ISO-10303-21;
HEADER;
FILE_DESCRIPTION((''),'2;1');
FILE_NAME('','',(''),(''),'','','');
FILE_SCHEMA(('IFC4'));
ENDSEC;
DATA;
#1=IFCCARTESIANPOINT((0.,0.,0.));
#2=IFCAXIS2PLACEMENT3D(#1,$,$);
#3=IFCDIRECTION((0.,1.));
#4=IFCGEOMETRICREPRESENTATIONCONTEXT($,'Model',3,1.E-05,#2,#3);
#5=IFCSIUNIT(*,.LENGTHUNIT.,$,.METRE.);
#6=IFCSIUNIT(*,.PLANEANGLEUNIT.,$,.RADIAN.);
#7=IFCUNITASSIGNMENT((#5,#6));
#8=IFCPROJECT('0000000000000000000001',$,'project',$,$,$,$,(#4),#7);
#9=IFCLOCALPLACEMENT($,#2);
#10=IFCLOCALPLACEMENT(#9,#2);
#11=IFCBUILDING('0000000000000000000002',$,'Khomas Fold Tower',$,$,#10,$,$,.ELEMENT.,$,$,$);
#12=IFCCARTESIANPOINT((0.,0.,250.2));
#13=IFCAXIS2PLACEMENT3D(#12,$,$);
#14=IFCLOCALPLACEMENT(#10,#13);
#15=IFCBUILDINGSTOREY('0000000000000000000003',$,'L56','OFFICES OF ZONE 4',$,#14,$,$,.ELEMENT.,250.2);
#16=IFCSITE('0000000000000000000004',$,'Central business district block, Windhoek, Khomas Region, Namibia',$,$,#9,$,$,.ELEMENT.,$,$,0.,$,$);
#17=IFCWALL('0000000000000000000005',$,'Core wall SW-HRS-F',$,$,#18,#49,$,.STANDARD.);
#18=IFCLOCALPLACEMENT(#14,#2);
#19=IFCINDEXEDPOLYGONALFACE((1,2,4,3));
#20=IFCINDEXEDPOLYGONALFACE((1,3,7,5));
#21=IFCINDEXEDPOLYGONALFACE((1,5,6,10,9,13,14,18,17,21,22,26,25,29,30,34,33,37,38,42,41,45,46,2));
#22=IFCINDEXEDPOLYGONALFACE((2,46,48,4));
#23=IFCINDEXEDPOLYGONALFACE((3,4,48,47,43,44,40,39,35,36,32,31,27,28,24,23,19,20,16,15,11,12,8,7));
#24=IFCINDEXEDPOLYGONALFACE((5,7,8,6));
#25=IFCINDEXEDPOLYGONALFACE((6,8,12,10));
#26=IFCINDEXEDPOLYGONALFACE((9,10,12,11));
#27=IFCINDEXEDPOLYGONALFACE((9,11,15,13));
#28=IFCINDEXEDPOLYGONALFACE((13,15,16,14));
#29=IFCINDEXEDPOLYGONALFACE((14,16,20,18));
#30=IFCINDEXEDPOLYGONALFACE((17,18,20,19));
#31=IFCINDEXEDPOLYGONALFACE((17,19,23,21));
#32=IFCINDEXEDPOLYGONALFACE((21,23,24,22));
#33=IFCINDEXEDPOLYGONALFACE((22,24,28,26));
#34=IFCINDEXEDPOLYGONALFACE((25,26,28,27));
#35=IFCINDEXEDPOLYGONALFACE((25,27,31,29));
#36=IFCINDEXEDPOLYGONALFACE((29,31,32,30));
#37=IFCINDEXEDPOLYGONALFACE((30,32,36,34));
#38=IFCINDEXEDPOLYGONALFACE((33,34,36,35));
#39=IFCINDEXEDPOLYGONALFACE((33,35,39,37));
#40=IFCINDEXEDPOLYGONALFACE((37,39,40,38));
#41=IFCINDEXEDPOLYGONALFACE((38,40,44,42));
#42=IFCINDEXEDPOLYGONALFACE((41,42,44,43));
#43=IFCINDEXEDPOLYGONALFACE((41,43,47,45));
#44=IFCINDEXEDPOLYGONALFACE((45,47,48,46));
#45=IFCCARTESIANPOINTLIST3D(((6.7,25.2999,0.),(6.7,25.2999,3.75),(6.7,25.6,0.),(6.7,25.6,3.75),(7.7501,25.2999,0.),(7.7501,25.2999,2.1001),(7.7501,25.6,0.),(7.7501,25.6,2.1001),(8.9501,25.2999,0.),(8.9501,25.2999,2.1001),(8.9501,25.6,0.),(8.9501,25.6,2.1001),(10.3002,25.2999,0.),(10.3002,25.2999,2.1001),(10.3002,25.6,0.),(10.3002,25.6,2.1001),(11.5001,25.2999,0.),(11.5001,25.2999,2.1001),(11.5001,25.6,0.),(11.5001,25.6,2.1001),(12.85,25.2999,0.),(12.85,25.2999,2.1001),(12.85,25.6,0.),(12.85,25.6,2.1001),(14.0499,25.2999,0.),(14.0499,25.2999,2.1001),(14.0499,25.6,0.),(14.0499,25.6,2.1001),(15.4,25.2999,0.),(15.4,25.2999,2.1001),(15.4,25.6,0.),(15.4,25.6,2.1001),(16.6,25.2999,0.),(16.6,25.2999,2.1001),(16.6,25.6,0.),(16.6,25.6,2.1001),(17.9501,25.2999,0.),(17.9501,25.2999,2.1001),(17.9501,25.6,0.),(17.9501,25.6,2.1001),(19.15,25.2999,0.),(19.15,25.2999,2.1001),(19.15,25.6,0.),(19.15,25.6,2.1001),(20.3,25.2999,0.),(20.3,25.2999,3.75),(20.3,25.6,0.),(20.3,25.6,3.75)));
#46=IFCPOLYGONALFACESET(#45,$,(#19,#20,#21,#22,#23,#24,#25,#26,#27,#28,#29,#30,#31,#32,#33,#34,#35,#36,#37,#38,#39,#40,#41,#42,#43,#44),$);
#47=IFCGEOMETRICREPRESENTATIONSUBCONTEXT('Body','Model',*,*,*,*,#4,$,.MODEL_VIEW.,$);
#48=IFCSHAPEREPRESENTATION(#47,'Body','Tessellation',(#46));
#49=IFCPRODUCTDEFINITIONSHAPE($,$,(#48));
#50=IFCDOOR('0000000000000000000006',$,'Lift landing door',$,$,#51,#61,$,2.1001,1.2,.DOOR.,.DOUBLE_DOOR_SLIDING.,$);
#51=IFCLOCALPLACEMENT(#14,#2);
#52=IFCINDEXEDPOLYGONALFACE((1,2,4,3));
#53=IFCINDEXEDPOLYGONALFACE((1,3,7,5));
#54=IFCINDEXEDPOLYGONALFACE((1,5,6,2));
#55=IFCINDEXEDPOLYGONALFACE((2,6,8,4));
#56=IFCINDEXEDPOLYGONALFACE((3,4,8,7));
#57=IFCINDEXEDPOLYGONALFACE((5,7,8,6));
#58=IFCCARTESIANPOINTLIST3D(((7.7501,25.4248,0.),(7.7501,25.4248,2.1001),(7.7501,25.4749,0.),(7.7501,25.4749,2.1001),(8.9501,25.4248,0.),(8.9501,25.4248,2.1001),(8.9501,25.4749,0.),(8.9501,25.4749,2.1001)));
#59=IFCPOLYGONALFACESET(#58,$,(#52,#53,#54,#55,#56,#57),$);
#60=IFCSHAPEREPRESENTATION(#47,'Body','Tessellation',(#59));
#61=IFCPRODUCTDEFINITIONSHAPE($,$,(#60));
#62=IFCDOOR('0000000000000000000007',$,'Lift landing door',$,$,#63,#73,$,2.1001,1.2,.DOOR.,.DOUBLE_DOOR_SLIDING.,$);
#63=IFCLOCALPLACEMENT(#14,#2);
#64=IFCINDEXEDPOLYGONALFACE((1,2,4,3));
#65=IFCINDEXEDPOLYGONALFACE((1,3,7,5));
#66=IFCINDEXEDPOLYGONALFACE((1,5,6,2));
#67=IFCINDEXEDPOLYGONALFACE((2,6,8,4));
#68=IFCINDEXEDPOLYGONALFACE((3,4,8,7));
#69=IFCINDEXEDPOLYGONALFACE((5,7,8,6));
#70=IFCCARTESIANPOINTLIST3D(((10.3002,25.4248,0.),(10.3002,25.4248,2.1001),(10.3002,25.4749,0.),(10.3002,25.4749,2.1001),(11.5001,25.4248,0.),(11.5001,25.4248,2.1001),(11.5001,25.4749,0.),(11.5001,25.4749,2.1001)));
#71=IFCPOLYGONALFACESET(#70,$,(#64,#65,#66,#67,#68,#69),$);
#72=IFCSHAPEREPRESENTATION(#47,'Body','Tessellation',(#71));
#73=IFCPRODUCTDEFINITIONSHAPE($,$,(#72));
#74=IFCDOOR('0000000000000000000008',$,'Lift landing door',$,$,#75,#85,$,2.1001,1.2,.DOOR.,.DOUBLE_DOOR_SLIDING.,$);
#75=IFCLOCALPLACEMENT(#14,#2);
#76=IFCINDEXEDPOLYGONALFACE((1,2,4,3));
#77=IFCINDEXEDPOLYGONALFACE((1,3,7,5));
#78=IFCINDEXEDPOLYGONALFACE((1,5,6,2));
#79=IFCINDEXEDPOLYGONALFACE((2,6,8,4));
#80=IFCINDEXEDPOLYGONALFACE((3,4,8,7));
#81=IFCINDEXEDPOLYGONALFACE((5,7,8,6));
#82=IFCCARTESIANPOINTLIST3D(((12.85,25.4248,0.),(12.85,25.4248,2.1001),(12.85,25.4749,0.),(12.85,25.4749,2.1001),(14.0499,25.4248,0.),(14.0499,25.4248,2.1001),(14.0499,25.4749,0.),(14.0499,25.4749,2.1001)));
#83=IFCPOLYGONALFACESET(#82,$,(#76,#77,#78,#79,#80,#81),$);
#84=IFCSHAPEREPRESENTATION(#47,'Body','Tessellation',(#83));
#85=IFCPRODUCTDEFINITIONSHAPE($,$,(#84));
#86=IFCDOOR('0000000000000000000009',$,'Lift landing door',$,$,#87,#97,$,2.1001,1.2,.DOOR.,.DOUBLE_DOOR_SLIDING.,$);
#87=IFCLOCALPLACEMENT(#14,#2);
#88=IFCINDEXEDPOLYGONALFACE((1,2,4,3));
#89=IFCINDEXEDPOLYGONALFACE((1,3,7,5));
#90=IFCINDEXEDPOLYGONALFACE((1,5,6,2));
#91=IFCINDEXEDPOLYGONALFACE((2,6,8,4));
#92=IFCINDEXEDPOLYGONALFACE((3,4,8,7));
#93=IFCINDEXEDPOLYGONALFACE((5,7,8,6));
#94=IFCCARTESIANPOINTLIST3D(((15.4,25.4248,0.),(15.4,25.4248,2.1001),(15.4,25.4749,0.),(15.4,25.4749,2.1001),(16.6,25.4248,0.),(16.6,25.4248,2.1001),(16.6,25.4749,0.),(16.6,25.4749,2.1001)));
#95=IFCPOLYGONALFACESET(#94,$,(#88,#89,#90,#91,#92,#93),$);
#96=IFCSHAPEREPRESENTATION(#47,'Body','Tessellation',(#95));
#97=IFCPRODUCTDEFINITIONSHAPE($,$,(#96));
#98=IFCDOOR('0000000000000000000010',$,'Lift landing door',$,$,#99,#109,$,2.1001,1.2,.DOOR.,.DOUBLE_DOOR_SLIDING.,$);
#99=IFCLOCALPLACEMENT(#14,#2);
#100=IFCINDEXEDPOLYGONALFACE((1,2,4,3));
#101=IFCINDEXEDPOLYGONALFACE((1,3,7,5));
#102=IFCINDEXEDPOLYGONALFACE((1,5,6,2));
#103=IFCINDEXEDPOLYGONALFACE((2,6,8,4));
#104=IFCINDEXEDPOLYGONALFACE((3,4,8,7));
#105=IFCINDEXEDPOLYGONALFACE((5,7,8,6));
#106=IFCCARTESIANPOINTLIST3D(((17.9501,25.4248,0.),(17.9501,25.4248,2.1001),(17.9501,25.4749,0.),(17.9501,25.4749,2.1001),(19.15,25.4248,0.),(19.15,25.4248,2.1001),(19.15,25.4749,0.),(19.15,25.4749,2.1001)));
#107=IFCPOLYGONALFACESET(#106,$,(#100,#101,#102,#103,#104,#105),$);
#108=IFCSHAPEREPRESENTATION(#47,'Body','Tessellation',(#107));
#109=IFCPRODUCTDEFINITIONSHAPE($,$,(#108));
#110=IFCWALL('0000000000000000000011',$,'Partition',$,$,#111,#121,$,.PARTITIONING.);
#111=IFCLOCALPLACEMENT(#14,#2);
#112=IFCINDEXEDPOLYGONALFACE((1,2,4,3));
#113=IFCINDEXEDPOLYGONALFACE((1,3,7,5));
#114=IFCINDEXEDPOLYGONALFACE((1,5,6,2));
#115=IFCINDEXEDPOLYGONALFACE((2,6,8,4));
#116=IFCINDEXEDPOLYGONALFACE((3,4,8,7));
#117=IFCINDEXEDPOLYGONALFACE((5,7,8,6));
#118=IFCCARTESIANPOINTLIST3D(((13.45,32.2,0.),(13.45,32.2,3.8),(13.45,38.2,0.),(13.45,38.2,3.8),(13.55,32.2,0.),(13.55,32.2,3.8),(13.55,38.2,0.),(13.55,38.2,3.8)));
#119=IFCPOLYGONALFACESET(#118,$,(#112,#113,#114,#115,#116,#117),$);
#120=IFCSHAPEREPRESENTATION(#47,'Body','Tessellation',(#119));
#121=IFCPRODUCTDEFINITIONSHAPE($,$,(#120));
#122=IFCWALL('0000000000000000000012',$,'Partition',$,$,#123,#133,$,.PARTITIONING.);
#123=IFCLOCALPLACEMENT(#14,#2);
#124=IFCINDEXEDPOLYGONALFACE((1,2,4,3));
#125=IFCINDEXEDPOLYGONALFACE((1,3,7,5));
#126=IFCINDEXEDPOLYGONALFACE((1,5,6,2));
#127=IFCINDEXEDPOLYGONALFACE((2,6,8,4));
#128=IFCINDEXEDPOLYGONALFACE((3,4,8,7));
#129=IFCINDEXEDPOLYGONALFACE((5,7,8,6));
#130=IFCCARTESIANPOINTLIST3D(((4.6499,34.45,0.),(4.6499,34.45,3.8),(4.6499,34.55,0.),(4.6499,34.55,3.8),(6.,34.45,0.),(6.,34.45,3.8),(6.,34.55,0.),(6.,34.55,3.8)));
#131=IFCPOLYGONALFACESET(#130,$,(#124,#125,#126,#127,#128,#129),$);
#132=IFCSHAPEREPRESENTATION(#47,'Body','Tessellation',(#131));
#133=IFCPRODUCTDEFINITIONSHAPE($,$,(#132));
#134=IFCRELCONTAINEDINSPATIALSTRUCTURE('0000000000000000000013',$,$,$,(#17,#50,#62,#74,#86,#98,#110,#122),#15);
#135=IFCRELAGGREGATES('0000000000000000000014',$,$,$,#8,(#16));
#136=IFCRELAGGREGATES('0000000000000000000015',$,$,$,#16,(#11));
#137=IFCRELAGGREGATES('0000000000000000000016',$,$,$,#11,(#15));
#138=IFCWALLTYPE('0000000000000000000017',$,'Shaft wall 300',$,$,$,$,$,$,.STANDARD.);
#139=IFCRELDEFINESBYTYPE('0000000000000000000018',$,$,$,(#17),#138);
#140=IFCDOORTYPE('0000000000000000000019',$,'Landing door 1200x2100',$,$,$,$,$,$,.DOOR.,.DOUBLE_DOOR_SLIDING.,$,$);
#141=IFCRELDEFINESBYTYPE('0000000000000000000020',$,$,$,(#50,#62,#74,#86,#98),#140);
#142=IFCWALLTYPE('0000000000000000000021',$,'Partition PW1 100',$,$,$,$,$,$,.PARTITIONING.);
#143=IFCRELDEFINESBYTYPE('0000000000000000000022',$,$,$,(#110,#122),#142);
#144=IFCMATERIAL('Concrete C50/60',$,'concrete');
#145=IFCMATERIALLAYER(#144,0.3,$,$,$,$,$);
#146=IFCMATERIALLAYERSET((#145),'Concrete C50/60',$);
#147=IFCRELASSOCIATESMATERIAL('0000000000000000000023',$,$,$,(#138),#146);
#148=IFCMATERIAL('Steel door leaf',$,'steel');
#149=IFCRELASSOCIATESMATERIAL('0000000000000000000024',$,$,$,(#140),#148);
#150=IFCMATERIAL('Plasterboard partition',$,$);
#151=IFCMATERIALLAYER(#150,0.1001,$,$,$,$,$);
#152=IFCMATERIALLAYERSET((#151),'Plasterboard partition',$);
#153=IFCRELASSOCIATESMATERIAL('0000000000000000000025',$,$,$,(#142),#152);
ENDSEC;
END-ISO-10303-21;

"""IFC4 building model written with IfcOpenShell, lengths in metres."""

from ifc_helpers import new_model, si_unit, direction, frame, frame_2d, origin, place, context, subcontext, project, spatial, rectangle, extrude, source, transform, mapped, material, layer, layer_set, type_object, element, fill, save


model = new_model("IFC4")

# Units and contexts
model_context = context("Model", 3, precision=1e-05, world=origin(), true_north=direction((0.0, 1.0)))
body_context = subcontext(model_context, "Body", "Model", "MODEL_VIEW")
ifc_project = project(units=[si_unit("LENGTHUNIT", "METRE"), si_unit("PLANEANGLEUNIT", "RADIAN")], contexts=[model_context])

# Site, building, storey
site_placement = place(None, origin())
site = spatial("IfcSite", under=ifc_project, at=site_placement, Name="Central business district block, Windhoek, Khomas Region, Namibia", CompositionType="ELEMENT", RefElevation=0.0)
building_placement = place(site_placement, origin())
building = spatial("IfcBuilding", under=site, at=building_placement, Name="Khomas Fold Tower", CompositionType="ELEMENT")
storey_placement = place(building_placement, frame((0.0, 0.0, 250.2)))
storey = spatial("IfcBuildingStorey", under=building, at=storey_placement, Name="L56", Description="OFFICES OF ZONE 4", CompositionType="ELEMENT", Elevation=250.2)

# Shared definitions
ifc_material_1 = material(Name="Concrete C50/60", Category="concrete")
ifc_layer_1 = layer(ifc_material_1, 0.3)
ifc_layer_set_1 = layer_set([ifc_layer_1], Name="Concrete C50/60")
wall_type_1 = type_object("IfcWallType", Name="Shaft wall 300", PredefinedType="STANDARD", material=ifc_layer_set_1)
shared_shape_1 = source(origin(), body_context, "Body", "SweptSolid", [
    extrude(rectangle(XDim=13.6001, YDim=0.3, at=frame_2d((6.8, 0.0))), origin(), (0.0, 0.0, 1.0), 3.75),
])

# Wall, openings, doors
shared_shape_2 = source(origin(), body_context, "Body", "SweptSolid", [
    extrude(rectangle(XDim=1.2, YDim=2.1001, at=frame_2d((0.6001, 1.05))), frame((0.0, 0.1599, 0.0), z_axis=(0.0, -1.0, 0.0), x_axis=(1.0, 0.0, 0.0)), (0.0, 0.0, 1.0), 0.3201),
])
ifc_material_2 = material(Name="Steel door leaf", Category="steel")
door_type = type_object("IfcDoorType", Name="Landing door 1200x2100", OperationType="DOUBLE_DOOR_SLIDING", PredefinedType="DOOR", material=ifc_material_2)
shared_shape_3 = source(origin(), body_context, "Body", "SweptSolid", [
    extrude(rectangle(XDim=1.2, YDim=2.1001, at=frame_2d((0.6001, 1.05))), frame((0.0, 0.0249, 0.0), z_axis=(0.0, -1.0, 0.0), x_axis=(1.0, 0.0, 0.0)), (0.0, 0.0, 1.0), 0.05),
])
wall_1_placement = place(storey_placement, frame((6.7, 25.45, 0.0), z_axis=(0.0, 0.0, 1.0), x_axis=(1.0, 0.0, 0.0)))
wall_1 = element("IfcWall", 1, at=wall_1_placement, inside=storey, type_object=wall_type_1, Name="Core wall SW-HRS-F", PredefinedType="STANDARD", context=body_context, shape_type="MappedRepresentation", body=[
    mapped(shared_shape_1, transform((0.0, 0.0, 0.0))),
])
opening_1_placement = place(wall_1_placement, frame((1.05, 0.0, 0.0)))
opening_1 = element("IfcOpeningElement", 2, at=opening_1_placement, cuts=wall_1, PredefinedType="OPENING", context=body_context, shape_type="MappedRepresentation", body=[
    mapped(shared_shape_2, transform((0.0, 0.0, 0.0))),
])
opening_2_placement = place(wall_1_placement, frame((3.6001, 0.0, 0.0)))
opening_2 = element("IfcOpeningElement", 3, at=opening_2_placement, cuts=wall_1, PredefinedType="OPENING", context=body_context, shape_type="MappedRepresentation", body=[
    mapped(shared_shape_2, transform((0.0, 0.0, 0.0))),
])
opening_3_placement = place(wall_1_placement, frame((6.1499, 0.0, 0.0)))
opening_3 = element("IfcOpeningElement", 4, at=opening_3_placement, cuts=wall_1, PredefinedType="OPENING", context=body_context, shape_type="MappedRepresentation", body=[
    mapped(shared_shape_2, transform((0.0, 0.0, 0.0))),
])
opening_4_placement = place(wall_1_placement, frame((8.7, 0.0, 0.0)))
opening_4 = element("IfcOpeningElement", 5, at=opening_4_placement, cuts=wall_1, PredefinedType="OPENING", context=body_context, shape_type="MappedRepresentation", body=[
    mapped(shared_shape_2, transform((0.0, 0.0, 0.0))),
])
opening_5_placement = place(wall_1_placement, frame((11.25, 0.0, 0.0)))
opening_5 = element("IfcOpeningElement", 6, at=opening_5_placement, cuts=wall_1, PredefinedType="OPENING", context=body_context, shape_type="MappedRepresentation", body=[
    mapped(shared_shape_2, transform((0.0, 0.0, 0.0))),
])
door_1_placement = place(opening_1_placement, origin())
door_1 = element("IfcDoor", 7, at=door_1_placement, inside=storey, type_object=door_type, Name="Lift landing door", OperationType="DOUBLE_DOOR_SLIDING", OverallHeight=2.1001, OverallWidth=1.2, PredefinedType="DOOR", context=body_context, shape_type="MappedRepresentation", body=[
    mapped(shared_shape_3, transform((0.0, 0.0, 0.0))),
])
fill(opening_1, door_1)
door_2_placement = place(opening_2_placement, origin())
door_2 = element("IfcDoor", 8, at=door_2_placement, inside=storey, type_object=door_type, Name="Lift landing door", OperationType="DOUBLE_DOOR_SLIDING", OverallHeight=2.1001, OverallWidth=1.2, PredefinedType="DOOR", context=body_context, shape_type="MappedRepresentation", body=[
    mapped(shared_shape_3, transform((0.0, 0.0, 0.0))),
])
fill(opening_2, door_2)
door_3_placement = place(opening_3_placement, origin())
door_3 = element("IfcDoor", 9, at=door_3_placement, inside=storey, type_object=door_type, Name="Lift landing door", OperationType="DOUBLE_DOOR_SLIDING", OverallHeight=2.1001, OverallWidth=1.2, PredefinedType="DOOR", context=body_context, shape_type="MappedRepresentation", body=[
    mapped(shared_shape_3, transform((0.0, 0.0, 0.0))),
])
fill(opening_3, door_3)
door_4_placement = place(opening_4_placement, origin())
door_4 = element("IfcDoor", 10, at=door_4_placement, inside=storey, type_object=door_type, Name="Lift landing door", OperationType="DOUBLE_DOOR_SLIDING", OverallHeight=2.1001, OverallWidth=1.2, PredefinedType="DOOR", context=body_context, shape_type="MappedRepresentation", body=[
    mapped(shared_shape_3, transform((0.0, 0.0, 0.0))),
])
fill(opening_4, door_4)
door_5_placement = place(opening_5_placement, origin())
door_5 = element("IfcDoor", 11, at=door_5_placement, inside=storey, type_object=door_type, Name="Lift landing door", OperationType="DOUBLE_DOOR_SLIDING", OverallHeight=2.1001, OverallWidth=1.2, PredefinedType="DOOR", context=body_context, shape_type="MappedRepresentation", body=[
    mapped(shared_shape_3, transform((0.0, 0.0, 0.0))),
])
fill(opening_5, door_5)

# Walls
ifc_material_3 = material(Name="Plasterboard partition")
ifc_layer_2 = layer(ifc_material_3, 0.1001)
ifc_layer_set_2 = layer_set([ifc_layer_2], Name="Plasterboard partition")
wall_type_2 = type_object("IfcWallType", Name="Partition PW1 100", PredefinedType="PARTITIONING", material=ifc_layer_set_2)
shared_shape_4 = source(origin(), body_context, "Body", "SweptSolid", [
    extrude(rectangle(XDim=6.0, YDim=0.1001, at=frame_2d((3.0, 0.0))), origin(), (0.0, 0.0, 1.0), 3.8),
])
wall_2_placement = place(storey_placement, frame((13.5, 32.2, 0.0), z_axis=(0.0, 0.0, 1.0), x_axis=(0.0, 1.0, 0.0)))
element("IfcWall", 12, at=wall_2_placement, inside=storey, type_object=wall_type_2, Name="Partition", PredefinedType="PARTITIONING", context=body_context, shape_type="MappedRepresentation", body=[
    mapped(shared_shape_4, transform((0.0, 0.0, 0.0))),
])
shared_shape_5 = source(origin(), body_context, "Body", "SweptSolid", [
    extrude(rectangle(XDim=1.3501, YDim=0.1001, at=frame_2d((0.675, 0.0))), origin(), (0.0, 0.0, 1.0), 3.8),
])
wall_3_placement = place(storey_placement, frame((4.6499, 34.5, 0.0), z_axis=(0.0, 0.0, 1.0), x_axis=(1.0, 0.0, 0.0)))
element("IfcWall", 13, at=wall_3_placement, inside=storey, type_object=wall_type_2, Name="Partition", PredefinedType="PARTITIONING", context=body_context, shape_type="MappedRepresentation", body=[
    mapped(shared_shape_5, transform((0.0, 0.0, 0.0))),
])

save(model, "model.ifc")
